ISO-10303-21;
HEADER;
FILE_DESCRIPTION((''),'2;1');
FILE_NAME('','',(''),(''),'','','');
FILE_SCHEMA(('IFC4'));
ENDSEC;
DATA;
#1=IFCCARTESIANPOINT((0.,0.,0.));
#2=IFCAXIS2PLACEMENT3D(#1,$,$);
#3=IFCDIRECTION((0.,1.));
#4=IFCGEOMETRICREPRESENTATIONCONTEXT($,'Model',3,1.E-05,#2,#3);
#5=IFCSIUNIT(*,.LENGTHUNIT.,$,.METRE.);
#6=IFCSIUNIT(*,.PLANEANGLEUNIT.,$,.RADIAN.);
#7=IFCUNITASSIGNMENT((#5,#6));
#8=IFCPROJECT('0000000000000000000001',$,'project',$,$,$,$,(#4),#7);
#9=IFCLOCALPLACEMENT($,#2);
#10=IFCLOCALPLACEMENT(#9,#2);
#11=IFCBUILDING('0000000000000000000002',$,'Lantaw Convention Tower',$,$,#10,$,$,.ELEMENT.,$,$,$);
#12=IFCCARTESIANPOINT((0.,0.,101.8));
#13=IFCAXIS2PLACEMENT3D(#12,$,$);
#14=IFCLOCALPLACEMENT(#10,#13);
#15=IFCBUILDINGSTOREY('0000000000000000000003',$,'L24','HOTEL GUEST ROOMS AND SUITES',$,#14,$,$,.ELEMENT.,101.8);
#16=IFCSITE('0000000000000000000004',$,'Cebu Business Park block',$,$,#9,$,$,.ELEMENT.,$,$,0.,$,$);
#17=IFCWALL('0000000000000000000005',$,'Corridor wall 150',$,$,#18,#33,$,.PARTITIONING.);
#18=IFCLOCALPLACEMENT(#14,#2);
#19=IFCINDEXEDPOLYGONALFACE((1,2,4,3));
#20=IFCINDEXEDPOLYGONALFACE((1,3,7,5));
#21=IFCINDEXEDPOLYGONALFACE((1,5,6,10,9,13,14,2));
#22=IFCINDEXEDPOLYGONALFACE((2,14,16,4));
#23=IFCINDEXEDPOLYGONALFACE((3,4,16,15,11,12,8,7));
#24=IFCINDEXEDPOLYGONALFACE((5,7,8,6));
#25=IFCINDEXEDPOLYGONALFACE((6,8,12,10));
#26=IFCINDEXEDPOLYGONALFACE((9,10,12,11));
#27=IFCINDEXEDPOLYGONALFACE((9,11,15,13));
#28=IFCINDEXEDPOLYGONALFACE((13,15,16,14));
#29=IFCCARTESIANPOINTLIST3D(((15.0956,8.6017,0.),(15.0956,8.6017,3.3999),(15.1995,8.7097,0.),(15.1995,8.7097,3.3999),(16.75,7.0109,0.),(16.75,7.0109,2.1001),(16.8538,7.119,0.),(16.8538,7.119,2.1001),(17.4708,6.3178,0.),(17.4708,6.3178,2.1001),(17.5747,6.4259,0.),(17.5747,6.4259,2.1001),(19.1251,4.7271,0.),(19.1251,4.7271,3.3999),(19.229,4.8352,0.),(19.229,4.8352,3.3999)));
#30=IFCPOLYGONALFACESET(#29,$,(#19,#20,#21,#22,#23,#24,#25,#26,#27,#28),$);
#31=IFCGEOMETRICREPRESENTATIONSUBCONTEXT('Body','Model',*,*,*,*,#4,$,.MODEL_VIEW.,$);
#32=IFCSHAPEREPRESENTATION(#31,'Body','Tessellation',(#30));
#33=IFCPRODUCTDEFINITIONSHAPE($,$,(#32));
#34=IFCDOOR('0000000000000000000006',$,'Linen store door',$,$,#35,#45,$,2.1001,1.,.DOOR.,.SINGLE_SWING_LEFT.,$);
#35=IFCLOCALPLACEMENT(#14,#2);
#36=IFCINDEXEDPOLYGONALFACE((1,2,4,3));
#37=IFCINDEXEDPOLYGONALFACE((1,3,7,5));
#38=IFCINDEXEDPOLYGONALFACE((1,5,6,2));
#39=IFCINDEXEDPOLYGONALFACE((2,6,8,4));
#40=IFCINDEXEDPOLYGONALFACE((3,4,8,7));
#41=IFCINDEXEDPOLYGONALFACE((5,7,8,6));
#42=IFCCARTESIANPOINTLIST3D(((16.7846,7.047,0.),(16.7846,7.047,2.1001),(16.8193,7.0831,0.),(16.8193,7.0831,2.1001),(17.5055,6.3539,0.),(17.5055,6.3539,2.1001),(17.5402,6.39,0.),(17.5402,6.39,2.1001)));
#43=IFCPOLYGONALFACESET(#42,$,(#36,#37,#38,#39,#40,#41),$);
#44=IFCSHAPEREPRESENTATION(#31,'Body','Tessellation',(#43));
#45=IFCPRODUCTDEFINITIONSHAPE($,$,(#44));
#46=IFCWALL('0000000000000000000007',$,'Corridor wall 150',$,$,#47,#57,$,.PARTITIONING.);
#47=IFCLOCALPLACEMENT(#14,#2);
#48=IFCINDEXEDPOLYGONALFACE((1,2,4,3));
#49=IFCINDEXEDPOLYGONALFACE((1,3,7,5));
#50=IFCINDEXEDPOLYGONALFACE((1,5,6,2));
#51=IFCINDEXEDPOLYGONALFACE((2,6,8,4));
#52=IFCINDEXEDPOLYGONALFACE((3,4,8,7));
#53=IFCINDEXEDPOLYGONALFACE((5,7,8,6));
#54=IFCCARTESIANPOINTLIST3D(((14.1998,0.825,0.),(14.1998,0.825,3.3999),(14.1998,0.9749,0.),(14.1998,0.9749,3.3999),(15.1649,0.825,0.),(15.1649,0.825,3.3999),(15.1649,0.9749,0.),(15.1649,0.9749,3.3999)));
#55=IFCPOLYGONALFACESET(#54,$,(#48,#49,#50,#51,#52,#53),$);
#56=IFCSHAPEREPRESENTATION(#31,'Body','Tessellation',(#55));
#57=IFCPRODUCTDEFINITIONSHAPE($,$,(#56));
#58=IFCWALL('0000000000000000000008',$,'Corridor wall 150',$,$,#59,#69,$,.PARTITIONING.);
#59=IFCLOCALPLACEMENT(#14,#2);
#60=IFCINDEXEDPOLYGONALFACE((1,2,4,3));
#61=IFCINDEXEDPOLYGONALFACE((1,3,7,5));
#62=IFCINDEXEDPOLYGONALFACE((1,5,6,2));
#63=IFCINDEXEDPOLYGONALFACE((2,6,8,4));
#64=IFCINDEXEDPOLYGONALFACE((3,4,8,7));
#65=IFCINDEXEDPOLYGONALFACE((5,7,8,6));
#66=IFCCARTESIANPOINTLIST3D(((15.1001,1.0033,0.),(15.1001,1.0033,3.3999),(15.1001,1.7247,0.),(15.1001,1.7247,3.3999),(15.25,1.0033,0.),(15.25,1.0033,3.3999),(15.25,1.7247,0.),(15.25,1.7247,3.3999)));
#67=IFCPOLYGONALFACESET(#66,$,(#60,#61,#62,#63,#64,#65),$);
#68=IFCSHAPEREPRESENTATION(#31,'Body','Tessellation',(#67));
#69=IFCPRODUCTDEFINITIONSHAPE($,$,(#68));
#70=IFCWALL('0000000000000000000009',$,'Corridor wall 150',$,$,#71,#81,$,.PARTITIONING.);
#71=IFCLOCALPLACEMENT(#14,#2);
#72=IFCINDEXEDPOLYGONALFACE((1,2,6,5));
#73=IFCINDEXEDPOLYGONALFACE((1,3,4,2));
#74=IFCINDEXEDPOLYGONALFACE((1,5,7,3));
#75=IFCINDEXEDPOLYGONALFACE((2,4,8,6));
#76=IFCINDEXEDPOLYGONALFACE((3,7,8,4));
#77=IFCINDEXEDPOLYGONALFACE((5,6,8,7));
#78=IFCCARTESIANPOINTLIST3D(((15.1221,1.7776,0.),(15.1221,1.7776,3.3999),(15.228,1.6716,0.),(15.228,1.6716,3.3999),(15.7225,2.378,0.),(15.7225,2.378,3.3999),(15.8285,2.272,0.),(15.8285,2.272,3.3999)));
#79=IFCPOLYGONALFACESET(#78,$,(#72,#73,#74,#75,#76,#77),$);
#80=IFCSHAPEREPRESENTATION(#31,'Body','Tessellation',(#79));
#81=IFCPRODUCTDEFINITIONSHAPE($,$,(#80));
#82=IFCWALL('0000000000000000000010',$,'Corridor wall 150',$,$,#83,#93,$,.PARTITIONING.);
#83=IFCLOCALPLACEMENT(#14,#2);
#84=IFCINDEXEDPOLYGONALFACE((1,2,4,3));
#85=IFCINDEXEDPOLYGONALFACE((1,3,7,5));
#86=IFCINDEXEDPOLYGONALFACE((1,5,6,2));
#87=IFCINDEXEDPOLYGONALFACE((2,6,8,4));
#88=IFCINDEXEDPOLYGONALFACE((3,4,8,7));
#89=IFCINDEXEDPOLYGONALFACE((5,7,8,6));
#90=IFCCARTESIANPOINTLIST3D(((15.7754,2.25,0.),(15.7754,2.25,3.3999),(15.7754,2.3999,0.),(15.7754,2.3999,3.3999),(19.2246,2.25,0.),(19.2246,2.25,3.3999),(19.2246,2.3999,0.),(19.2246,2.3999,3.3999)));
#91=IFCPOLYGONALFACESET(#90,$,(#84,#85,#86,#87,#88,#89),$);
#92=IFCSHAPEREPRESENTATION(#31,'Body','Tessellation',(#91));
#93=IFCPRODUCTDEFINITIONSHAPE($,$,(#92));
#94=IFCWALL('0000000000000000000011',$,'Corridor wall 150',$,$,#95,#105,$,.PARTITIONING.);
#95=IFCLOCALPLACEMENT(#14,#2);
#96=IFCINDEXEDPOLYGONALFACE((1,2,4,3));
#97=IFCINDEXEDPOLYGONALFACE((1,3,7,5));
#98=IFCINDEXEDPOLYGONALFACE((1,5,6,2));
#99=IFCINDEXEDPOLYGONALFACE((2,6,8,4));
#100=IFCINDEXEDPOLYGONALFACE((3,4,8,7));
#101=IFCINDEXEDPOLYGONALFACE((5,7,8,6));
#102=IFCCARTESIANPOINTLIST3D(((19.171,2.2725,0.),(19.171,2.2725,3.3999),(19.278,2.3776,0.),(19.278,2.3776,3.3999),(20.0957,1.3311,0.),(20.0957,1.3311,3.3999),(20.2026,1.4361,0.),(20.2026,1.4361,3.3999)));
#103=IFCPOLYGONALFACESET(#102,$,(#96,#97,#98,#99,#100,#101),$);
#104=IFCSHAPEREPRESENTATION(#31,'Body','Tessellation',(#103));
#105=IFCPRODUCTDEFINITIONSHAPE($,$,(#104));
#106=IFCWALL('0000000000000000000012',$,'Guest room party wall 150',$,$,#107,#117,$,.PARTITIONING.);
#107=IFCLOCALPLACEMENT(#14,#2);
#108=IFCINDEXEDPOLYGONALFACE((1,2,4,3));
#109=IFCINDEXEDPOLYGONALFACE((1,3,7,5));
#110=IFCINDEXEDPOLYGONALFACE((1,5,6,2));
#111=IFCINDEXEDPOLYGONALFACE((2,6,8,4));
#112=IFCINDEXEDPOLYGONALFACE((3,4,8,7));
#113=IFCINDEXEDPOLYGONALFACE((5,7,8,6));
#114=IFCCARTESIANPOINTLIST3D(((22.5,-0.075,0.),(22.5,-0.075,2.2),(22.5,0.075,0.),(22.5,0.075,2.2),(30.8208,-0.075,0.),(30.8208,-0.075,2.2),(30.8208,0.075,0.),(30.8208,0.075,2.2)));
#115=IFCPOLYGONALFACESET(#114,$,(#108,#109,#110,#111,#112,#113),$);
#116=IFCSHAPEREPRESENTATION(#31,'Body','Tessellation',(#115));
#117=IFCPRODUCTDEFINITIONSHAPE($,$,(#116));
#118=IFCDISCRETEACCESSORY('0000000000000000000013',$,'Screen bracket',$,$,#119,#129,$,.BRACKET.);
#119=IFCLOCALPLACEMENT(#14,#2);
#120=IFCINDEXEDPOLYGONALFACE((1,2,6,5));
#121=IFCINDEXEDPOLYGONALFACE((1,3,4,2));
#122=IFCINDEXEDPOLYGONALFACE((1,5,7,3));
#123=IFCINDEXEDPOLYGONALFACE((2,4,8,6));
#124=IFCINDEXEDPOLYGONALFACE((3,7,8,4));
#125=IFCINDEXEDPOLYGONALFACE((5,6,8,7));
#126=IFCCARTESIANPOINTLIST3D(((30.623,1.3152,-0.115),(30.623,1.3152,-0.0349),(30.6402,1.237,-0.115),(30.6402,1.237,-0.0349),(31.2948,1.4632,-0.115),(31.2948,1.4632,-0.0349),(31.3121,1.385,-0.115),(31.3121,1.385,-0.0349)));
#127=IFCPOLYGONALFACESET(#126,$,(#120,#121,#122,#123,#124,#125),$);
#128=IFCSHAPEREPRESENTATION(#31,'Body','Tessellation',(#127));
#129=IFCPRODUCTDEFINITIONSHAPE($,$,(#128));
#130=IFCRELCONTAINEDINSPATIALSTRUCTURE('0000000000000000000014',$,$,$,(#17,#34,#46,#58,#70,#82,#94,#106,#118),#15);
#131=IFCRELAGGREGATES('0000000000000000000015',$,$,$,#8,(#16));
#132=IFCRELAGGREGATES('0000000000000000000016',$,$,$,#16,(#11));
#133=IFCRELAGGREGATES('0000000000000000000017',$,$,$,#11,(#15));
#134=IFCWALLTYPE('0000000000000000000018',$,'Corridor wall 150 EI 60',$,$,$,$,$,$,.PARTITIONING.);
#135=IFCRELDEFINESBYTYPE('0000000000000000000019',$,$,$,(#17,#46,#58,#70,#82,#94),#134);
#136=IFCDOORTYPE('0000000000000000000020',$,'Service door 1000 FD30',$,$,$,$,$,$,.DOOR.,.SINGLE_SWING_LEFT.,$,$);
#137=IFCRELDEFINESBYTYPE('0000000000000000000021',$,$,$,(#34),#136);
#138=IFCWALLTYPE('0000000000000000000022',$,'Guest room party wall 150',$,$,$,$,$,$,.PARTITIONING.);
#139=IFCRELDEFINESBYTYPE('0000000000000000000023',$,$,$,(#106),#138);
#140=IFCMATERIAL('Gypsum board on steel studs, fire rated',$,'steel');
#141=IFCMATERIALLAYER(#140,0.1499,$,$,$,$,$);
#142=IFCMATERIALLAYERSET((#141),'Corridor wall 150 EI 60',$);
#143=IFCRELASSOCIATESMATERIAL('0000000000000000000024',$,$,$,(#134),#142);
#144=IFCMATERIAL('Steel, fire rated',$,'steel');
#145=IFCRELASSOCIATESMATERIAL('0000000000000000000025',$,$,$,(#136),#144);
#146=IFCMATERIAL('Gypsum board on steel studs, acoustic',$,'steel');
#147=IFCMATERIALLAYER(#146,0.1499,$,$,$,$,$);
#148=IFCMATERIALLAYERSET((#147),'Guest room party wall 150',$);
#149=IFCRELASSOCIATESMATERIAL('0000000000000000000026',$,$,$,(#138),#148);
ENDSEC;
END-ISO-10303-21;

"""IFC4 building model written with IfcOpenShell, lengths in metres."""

from ifc_helpers import new_model, si_unit, direction, frame, frame_2d, origin, origin_2d, place, context, subcontext, project, spatial, rectangle, extrude, material, layer, layer_set, type_object, element, fill, save


model = new_model("IFC4")

# Units and contexts
model_context = context("Model", 3, precision=1e-05, world=origin(), true_north=direction((0.0, 1.0)))
body_context = subcontext(model_context, "Body", "Model", "MODEL_VIEW")
ifc_project = project(units=[si_unit("LENGTHUNIT", "METRE"), si_unit("PLANEANGLEUNIT", "RADIAN")], contexts=[model_context])

# Site, building, storey
site_placement = place(None, origin())
site = spatial("IfcSite", under=ifc_project, at=site_placement, Name="Cebu Business Park block", CompositionType="ELEMENT", RefElevation=0.0)
building_placement = place(site_placement, origin())
building = spatial("IfcBuilding", under=site, at=building_placement, Name="Lantaw Convention Tower", CompositionType="ELEMENT")
storey_placement = place(building_placement, frame((0.0, 0.0, 101.8)))
storey = spatial("IfcBuildingStorey", under=building, at=storey_placement, Name="L24", Description="HOTEL GUEST ROOMS AND SUITES", CompositionType="ELEMENT", Elevation=101.8)

# Shared definitions
ifc_material_1 = material(Name="Gypsum board on steel studs, fire rated", Category="steel")
ifc_layer_1 = layer(ifc_material_1, 0.1499)
ifc_layer_set_1 = layer_set([ifc_layer_1], Name="Corridor wall 150 EI 60")
wall_type_1 = type_object("IfcWallType", Name="Corridor wall 150 EI 60", PredefinedType="PARTITIONING", material=ifc_layer_set_1)
ifc_material_2 = material(Name="Steel, fire rated", Category="steel")

# Wall, opening, door
wall_1_placement = place(storey_placement, frame((19.177, 4.7812, 0.0), z_axis=(0.0, 0.0, 1.0), x_axis=(-0.720837, 0.693104, 0.0)))
wall_1 = element("IfcWall", 1, at=wall_1_placement, inside=storey, type_object=wall_type_1, Name="Corridor wall 150", PredefinedType="PARTITIONING", context=body_context, shape_type="SweptSolid", body=[
    extrude(rectangle(XDim=5.5901, YDim=0.1499, at=frame_2d((2.7949, 0.0))), origin(), (0.0, 0.0, 1.0), 3.3999),
])
opening_1_placement = place(wall_1_placement, frame((2.2949, 0.0, 0.0)))
opening_1 = element("IfcOpeningElement", 2, at=opening_1_placement, cuts=wall_1, PredefinedType="OPENING", context=body_context, shape_type="SweptSolid", body=[
    extrude(rectangle(XDim=1.0, YDim=2.1001, at=frame_2d((0.5, 1.05))), frame((0.0, 0.085, 0.0), z_axis=(0.0, -1.0, 0.0), x_axis=(1.0, 0.0, 0.0)), (0.0, 0.0, 1.0), 0.1699),
])
door_type_1 = type_object("IfcDoorType", Name="Service door 1000 FD30", OperationType="SINGLE_SWING_LEFT", PredefinedType="DOOR", material=ifc_material_2)
door_1_placement = place(opening_1_placement, origin())
door_1 = element("IfcDoor", 3, at=door_1_placement, inside=storey, type_object=door_type_1, Name="Linen store door", OperationType="SINGLE_SWING_LEFT", OverallHeight=2.1001, OverallWidth=1.0, PredefinedType="DOOR", context=body_context, shape_type="SweptSolid", body=[
    extrude(rectangle(XDim=1.0, YDim=2.1001, at=frame_2d((0.5, 1.05))), frame((0.0, 0.0249, 0.0), z_axis=(0.0, -1.0, 0.0), x_axis=(1.0, 0.0, 0.0)), (0.0, 0.0, 1.0), 0.05),
])
fill(opening_1, door_1)

# Walls
wall_2_placement = place(storey_placement, frame((14.2, 0.8999, 0.0), z_axis=(0.0, 0.0, 1.0), x_axis=(1.0, 0.0, 0.0)))
element("IfcWall", 4, at=wall_2_placement, inside=storey, type_object=wall_type_1, Name="Corridor wall 150", PredefinedType="PARTITIONING", context=body_context, shape_type="SweptSolid", body=[
    extrude(rectangle(XDim=0.9651, YDim=0.1499, at=frame_2d((0.4824, 0.0))), origin(), (0.0, 0.0, 1.0), 3.3999),
])
wall_3_placement = place(storey_placement, frame((15.175, 1.0032, 0.0), z_axis=(0.0, 0.0, 1.0), x_axis=(0.0, 1.0, 0.0)))
element("IfcWall", 5, at=wall_3_placement, inside=storey, type_object=wall_type_1, Name="Corridor wall 150", PredefinedType="PARTITIONING", context=body_context, shape_type="SweptSolid", body=[
    extrude(rectangle(XDim=0.7214, YDim=0.1499, at=frame_2d((0.3608, 0.0))), origin(), (0.0, 0.0, 1.0), 3.3999),
])
wall_4_placement = place(storey_placement, frame((15.175, 1.7246, 0.0), z_axis=(0.0, 0.0, 1.0), x_axis=(0.707107, 0.707107, 0.0)))
element("IfcWall", 6, at=wall_4_placement, inside=storey, type_object=wall_type_1, Name="Corridor wall 150", PredefinedType="PARTITIONING", context=body_context, shape_type="SweptSolid", body=[
    extrude(rectangle(XDim=0.8491, YDim=0.1499, at=frame_2d((0.4246, 0.0))), origin(), (0.0, 0.0, 1.0), 3.3999),
])
wall_5_placement = place(storey_placement, frame((15.7754, 2.325, 0.0), z_axis=(0.0, 0.0, 1.0), x_axis=(1.0, 0.0, 0.0)))
element("IfcWall", 7, at=wall_5_placement, inside=storey, type_object=wall_type_1, Name="Corridor wall 150", PredefinedType="PARTITIONING", context=body_context, shape_type="SweptSolid", body=[
    extrude(rectangle(XDim=3.4492, YDim=0.1499, at=frame_2d((1.7246, 0.0))), origin(), (0.0, 0.0, 1.0), 3.3999),
])
wall_6_placement = place(storey_placement, frame((19.2246, 2.325, 0.0), z_axis=(0.0, 0.0, 1.0), x_axis=(0.700695, -0.713461, 0.0)))
element("IfcWall", 8, at=wall_6_placement, inside=storey, type_object=wall_type_1, Name="Corridor wall 150", PredefinedType="PARTITIONING", context=body_context, shape_type="SweptSolid", body=[
    extrude(rectangle(XDim=1.3196, YDim=0.1499, at=frame_2d((0.6597, 0.0))), origin(), (0.0, 0.0, 1.0), 3.3999),
])
ifc_material_3 = material(Name="Gypsum board on steel studs, acoustic", Category="steel")
ifc_layer_2 = layer(ifc_material_3, 0.1499)
ifc_layer_set_2 = layer_set([ifc_layer_2], Name="Guest room party wall 150")
wall_type_2 = type_object("IfcWallType", Name="Guest room party wall 150", PredefinedType="PARTITIONING", material=ifc_layer_set_2)
wall_7_placement = place(storey_placement, frame((30.8208, 0.0, 0.0), z_axis=(0.0, 0.0, 1.0), x_axis=(-1.0, 0.0, 0.0)))
element("IfcWall", 9, at=wall_7_placement, inside=storey, type_object=wall_type_2, Name="Guest room party wall 150", PredefinedType="PARTITIONING", context=body_context, shape_type="SweptSolid", body=[
    extrude(rectangle(XDim=8.3208, YDim=0.1499, at=frame_2d((4.1604, 0.0))), origin(), (0.0, 0.0, 1.0), 2.2),
])

# Discrete accessory
discrete_accessory_placement = place(storey_placement, frame((30.9675, 1.3501, -0.115), z_axis=(0.0, 0.0, 1.0), x_axis=(-0.215246, 0.97656, 0.0)))
element("IfcDiscreteAccessory", 10, at=discrete_accessory_placement, inside=storey, Name="Screen bracket", PredefinedType="BRACKET", context=body_context, shape_type="SweptSolid", body=[
    extrude(rectangle(XDim=0.0801, YDim=0.688, at=origin_2d()), origin(), (0.0, 0.0, 1.0), 0.0801),
])

save(model, "model.ifc")
